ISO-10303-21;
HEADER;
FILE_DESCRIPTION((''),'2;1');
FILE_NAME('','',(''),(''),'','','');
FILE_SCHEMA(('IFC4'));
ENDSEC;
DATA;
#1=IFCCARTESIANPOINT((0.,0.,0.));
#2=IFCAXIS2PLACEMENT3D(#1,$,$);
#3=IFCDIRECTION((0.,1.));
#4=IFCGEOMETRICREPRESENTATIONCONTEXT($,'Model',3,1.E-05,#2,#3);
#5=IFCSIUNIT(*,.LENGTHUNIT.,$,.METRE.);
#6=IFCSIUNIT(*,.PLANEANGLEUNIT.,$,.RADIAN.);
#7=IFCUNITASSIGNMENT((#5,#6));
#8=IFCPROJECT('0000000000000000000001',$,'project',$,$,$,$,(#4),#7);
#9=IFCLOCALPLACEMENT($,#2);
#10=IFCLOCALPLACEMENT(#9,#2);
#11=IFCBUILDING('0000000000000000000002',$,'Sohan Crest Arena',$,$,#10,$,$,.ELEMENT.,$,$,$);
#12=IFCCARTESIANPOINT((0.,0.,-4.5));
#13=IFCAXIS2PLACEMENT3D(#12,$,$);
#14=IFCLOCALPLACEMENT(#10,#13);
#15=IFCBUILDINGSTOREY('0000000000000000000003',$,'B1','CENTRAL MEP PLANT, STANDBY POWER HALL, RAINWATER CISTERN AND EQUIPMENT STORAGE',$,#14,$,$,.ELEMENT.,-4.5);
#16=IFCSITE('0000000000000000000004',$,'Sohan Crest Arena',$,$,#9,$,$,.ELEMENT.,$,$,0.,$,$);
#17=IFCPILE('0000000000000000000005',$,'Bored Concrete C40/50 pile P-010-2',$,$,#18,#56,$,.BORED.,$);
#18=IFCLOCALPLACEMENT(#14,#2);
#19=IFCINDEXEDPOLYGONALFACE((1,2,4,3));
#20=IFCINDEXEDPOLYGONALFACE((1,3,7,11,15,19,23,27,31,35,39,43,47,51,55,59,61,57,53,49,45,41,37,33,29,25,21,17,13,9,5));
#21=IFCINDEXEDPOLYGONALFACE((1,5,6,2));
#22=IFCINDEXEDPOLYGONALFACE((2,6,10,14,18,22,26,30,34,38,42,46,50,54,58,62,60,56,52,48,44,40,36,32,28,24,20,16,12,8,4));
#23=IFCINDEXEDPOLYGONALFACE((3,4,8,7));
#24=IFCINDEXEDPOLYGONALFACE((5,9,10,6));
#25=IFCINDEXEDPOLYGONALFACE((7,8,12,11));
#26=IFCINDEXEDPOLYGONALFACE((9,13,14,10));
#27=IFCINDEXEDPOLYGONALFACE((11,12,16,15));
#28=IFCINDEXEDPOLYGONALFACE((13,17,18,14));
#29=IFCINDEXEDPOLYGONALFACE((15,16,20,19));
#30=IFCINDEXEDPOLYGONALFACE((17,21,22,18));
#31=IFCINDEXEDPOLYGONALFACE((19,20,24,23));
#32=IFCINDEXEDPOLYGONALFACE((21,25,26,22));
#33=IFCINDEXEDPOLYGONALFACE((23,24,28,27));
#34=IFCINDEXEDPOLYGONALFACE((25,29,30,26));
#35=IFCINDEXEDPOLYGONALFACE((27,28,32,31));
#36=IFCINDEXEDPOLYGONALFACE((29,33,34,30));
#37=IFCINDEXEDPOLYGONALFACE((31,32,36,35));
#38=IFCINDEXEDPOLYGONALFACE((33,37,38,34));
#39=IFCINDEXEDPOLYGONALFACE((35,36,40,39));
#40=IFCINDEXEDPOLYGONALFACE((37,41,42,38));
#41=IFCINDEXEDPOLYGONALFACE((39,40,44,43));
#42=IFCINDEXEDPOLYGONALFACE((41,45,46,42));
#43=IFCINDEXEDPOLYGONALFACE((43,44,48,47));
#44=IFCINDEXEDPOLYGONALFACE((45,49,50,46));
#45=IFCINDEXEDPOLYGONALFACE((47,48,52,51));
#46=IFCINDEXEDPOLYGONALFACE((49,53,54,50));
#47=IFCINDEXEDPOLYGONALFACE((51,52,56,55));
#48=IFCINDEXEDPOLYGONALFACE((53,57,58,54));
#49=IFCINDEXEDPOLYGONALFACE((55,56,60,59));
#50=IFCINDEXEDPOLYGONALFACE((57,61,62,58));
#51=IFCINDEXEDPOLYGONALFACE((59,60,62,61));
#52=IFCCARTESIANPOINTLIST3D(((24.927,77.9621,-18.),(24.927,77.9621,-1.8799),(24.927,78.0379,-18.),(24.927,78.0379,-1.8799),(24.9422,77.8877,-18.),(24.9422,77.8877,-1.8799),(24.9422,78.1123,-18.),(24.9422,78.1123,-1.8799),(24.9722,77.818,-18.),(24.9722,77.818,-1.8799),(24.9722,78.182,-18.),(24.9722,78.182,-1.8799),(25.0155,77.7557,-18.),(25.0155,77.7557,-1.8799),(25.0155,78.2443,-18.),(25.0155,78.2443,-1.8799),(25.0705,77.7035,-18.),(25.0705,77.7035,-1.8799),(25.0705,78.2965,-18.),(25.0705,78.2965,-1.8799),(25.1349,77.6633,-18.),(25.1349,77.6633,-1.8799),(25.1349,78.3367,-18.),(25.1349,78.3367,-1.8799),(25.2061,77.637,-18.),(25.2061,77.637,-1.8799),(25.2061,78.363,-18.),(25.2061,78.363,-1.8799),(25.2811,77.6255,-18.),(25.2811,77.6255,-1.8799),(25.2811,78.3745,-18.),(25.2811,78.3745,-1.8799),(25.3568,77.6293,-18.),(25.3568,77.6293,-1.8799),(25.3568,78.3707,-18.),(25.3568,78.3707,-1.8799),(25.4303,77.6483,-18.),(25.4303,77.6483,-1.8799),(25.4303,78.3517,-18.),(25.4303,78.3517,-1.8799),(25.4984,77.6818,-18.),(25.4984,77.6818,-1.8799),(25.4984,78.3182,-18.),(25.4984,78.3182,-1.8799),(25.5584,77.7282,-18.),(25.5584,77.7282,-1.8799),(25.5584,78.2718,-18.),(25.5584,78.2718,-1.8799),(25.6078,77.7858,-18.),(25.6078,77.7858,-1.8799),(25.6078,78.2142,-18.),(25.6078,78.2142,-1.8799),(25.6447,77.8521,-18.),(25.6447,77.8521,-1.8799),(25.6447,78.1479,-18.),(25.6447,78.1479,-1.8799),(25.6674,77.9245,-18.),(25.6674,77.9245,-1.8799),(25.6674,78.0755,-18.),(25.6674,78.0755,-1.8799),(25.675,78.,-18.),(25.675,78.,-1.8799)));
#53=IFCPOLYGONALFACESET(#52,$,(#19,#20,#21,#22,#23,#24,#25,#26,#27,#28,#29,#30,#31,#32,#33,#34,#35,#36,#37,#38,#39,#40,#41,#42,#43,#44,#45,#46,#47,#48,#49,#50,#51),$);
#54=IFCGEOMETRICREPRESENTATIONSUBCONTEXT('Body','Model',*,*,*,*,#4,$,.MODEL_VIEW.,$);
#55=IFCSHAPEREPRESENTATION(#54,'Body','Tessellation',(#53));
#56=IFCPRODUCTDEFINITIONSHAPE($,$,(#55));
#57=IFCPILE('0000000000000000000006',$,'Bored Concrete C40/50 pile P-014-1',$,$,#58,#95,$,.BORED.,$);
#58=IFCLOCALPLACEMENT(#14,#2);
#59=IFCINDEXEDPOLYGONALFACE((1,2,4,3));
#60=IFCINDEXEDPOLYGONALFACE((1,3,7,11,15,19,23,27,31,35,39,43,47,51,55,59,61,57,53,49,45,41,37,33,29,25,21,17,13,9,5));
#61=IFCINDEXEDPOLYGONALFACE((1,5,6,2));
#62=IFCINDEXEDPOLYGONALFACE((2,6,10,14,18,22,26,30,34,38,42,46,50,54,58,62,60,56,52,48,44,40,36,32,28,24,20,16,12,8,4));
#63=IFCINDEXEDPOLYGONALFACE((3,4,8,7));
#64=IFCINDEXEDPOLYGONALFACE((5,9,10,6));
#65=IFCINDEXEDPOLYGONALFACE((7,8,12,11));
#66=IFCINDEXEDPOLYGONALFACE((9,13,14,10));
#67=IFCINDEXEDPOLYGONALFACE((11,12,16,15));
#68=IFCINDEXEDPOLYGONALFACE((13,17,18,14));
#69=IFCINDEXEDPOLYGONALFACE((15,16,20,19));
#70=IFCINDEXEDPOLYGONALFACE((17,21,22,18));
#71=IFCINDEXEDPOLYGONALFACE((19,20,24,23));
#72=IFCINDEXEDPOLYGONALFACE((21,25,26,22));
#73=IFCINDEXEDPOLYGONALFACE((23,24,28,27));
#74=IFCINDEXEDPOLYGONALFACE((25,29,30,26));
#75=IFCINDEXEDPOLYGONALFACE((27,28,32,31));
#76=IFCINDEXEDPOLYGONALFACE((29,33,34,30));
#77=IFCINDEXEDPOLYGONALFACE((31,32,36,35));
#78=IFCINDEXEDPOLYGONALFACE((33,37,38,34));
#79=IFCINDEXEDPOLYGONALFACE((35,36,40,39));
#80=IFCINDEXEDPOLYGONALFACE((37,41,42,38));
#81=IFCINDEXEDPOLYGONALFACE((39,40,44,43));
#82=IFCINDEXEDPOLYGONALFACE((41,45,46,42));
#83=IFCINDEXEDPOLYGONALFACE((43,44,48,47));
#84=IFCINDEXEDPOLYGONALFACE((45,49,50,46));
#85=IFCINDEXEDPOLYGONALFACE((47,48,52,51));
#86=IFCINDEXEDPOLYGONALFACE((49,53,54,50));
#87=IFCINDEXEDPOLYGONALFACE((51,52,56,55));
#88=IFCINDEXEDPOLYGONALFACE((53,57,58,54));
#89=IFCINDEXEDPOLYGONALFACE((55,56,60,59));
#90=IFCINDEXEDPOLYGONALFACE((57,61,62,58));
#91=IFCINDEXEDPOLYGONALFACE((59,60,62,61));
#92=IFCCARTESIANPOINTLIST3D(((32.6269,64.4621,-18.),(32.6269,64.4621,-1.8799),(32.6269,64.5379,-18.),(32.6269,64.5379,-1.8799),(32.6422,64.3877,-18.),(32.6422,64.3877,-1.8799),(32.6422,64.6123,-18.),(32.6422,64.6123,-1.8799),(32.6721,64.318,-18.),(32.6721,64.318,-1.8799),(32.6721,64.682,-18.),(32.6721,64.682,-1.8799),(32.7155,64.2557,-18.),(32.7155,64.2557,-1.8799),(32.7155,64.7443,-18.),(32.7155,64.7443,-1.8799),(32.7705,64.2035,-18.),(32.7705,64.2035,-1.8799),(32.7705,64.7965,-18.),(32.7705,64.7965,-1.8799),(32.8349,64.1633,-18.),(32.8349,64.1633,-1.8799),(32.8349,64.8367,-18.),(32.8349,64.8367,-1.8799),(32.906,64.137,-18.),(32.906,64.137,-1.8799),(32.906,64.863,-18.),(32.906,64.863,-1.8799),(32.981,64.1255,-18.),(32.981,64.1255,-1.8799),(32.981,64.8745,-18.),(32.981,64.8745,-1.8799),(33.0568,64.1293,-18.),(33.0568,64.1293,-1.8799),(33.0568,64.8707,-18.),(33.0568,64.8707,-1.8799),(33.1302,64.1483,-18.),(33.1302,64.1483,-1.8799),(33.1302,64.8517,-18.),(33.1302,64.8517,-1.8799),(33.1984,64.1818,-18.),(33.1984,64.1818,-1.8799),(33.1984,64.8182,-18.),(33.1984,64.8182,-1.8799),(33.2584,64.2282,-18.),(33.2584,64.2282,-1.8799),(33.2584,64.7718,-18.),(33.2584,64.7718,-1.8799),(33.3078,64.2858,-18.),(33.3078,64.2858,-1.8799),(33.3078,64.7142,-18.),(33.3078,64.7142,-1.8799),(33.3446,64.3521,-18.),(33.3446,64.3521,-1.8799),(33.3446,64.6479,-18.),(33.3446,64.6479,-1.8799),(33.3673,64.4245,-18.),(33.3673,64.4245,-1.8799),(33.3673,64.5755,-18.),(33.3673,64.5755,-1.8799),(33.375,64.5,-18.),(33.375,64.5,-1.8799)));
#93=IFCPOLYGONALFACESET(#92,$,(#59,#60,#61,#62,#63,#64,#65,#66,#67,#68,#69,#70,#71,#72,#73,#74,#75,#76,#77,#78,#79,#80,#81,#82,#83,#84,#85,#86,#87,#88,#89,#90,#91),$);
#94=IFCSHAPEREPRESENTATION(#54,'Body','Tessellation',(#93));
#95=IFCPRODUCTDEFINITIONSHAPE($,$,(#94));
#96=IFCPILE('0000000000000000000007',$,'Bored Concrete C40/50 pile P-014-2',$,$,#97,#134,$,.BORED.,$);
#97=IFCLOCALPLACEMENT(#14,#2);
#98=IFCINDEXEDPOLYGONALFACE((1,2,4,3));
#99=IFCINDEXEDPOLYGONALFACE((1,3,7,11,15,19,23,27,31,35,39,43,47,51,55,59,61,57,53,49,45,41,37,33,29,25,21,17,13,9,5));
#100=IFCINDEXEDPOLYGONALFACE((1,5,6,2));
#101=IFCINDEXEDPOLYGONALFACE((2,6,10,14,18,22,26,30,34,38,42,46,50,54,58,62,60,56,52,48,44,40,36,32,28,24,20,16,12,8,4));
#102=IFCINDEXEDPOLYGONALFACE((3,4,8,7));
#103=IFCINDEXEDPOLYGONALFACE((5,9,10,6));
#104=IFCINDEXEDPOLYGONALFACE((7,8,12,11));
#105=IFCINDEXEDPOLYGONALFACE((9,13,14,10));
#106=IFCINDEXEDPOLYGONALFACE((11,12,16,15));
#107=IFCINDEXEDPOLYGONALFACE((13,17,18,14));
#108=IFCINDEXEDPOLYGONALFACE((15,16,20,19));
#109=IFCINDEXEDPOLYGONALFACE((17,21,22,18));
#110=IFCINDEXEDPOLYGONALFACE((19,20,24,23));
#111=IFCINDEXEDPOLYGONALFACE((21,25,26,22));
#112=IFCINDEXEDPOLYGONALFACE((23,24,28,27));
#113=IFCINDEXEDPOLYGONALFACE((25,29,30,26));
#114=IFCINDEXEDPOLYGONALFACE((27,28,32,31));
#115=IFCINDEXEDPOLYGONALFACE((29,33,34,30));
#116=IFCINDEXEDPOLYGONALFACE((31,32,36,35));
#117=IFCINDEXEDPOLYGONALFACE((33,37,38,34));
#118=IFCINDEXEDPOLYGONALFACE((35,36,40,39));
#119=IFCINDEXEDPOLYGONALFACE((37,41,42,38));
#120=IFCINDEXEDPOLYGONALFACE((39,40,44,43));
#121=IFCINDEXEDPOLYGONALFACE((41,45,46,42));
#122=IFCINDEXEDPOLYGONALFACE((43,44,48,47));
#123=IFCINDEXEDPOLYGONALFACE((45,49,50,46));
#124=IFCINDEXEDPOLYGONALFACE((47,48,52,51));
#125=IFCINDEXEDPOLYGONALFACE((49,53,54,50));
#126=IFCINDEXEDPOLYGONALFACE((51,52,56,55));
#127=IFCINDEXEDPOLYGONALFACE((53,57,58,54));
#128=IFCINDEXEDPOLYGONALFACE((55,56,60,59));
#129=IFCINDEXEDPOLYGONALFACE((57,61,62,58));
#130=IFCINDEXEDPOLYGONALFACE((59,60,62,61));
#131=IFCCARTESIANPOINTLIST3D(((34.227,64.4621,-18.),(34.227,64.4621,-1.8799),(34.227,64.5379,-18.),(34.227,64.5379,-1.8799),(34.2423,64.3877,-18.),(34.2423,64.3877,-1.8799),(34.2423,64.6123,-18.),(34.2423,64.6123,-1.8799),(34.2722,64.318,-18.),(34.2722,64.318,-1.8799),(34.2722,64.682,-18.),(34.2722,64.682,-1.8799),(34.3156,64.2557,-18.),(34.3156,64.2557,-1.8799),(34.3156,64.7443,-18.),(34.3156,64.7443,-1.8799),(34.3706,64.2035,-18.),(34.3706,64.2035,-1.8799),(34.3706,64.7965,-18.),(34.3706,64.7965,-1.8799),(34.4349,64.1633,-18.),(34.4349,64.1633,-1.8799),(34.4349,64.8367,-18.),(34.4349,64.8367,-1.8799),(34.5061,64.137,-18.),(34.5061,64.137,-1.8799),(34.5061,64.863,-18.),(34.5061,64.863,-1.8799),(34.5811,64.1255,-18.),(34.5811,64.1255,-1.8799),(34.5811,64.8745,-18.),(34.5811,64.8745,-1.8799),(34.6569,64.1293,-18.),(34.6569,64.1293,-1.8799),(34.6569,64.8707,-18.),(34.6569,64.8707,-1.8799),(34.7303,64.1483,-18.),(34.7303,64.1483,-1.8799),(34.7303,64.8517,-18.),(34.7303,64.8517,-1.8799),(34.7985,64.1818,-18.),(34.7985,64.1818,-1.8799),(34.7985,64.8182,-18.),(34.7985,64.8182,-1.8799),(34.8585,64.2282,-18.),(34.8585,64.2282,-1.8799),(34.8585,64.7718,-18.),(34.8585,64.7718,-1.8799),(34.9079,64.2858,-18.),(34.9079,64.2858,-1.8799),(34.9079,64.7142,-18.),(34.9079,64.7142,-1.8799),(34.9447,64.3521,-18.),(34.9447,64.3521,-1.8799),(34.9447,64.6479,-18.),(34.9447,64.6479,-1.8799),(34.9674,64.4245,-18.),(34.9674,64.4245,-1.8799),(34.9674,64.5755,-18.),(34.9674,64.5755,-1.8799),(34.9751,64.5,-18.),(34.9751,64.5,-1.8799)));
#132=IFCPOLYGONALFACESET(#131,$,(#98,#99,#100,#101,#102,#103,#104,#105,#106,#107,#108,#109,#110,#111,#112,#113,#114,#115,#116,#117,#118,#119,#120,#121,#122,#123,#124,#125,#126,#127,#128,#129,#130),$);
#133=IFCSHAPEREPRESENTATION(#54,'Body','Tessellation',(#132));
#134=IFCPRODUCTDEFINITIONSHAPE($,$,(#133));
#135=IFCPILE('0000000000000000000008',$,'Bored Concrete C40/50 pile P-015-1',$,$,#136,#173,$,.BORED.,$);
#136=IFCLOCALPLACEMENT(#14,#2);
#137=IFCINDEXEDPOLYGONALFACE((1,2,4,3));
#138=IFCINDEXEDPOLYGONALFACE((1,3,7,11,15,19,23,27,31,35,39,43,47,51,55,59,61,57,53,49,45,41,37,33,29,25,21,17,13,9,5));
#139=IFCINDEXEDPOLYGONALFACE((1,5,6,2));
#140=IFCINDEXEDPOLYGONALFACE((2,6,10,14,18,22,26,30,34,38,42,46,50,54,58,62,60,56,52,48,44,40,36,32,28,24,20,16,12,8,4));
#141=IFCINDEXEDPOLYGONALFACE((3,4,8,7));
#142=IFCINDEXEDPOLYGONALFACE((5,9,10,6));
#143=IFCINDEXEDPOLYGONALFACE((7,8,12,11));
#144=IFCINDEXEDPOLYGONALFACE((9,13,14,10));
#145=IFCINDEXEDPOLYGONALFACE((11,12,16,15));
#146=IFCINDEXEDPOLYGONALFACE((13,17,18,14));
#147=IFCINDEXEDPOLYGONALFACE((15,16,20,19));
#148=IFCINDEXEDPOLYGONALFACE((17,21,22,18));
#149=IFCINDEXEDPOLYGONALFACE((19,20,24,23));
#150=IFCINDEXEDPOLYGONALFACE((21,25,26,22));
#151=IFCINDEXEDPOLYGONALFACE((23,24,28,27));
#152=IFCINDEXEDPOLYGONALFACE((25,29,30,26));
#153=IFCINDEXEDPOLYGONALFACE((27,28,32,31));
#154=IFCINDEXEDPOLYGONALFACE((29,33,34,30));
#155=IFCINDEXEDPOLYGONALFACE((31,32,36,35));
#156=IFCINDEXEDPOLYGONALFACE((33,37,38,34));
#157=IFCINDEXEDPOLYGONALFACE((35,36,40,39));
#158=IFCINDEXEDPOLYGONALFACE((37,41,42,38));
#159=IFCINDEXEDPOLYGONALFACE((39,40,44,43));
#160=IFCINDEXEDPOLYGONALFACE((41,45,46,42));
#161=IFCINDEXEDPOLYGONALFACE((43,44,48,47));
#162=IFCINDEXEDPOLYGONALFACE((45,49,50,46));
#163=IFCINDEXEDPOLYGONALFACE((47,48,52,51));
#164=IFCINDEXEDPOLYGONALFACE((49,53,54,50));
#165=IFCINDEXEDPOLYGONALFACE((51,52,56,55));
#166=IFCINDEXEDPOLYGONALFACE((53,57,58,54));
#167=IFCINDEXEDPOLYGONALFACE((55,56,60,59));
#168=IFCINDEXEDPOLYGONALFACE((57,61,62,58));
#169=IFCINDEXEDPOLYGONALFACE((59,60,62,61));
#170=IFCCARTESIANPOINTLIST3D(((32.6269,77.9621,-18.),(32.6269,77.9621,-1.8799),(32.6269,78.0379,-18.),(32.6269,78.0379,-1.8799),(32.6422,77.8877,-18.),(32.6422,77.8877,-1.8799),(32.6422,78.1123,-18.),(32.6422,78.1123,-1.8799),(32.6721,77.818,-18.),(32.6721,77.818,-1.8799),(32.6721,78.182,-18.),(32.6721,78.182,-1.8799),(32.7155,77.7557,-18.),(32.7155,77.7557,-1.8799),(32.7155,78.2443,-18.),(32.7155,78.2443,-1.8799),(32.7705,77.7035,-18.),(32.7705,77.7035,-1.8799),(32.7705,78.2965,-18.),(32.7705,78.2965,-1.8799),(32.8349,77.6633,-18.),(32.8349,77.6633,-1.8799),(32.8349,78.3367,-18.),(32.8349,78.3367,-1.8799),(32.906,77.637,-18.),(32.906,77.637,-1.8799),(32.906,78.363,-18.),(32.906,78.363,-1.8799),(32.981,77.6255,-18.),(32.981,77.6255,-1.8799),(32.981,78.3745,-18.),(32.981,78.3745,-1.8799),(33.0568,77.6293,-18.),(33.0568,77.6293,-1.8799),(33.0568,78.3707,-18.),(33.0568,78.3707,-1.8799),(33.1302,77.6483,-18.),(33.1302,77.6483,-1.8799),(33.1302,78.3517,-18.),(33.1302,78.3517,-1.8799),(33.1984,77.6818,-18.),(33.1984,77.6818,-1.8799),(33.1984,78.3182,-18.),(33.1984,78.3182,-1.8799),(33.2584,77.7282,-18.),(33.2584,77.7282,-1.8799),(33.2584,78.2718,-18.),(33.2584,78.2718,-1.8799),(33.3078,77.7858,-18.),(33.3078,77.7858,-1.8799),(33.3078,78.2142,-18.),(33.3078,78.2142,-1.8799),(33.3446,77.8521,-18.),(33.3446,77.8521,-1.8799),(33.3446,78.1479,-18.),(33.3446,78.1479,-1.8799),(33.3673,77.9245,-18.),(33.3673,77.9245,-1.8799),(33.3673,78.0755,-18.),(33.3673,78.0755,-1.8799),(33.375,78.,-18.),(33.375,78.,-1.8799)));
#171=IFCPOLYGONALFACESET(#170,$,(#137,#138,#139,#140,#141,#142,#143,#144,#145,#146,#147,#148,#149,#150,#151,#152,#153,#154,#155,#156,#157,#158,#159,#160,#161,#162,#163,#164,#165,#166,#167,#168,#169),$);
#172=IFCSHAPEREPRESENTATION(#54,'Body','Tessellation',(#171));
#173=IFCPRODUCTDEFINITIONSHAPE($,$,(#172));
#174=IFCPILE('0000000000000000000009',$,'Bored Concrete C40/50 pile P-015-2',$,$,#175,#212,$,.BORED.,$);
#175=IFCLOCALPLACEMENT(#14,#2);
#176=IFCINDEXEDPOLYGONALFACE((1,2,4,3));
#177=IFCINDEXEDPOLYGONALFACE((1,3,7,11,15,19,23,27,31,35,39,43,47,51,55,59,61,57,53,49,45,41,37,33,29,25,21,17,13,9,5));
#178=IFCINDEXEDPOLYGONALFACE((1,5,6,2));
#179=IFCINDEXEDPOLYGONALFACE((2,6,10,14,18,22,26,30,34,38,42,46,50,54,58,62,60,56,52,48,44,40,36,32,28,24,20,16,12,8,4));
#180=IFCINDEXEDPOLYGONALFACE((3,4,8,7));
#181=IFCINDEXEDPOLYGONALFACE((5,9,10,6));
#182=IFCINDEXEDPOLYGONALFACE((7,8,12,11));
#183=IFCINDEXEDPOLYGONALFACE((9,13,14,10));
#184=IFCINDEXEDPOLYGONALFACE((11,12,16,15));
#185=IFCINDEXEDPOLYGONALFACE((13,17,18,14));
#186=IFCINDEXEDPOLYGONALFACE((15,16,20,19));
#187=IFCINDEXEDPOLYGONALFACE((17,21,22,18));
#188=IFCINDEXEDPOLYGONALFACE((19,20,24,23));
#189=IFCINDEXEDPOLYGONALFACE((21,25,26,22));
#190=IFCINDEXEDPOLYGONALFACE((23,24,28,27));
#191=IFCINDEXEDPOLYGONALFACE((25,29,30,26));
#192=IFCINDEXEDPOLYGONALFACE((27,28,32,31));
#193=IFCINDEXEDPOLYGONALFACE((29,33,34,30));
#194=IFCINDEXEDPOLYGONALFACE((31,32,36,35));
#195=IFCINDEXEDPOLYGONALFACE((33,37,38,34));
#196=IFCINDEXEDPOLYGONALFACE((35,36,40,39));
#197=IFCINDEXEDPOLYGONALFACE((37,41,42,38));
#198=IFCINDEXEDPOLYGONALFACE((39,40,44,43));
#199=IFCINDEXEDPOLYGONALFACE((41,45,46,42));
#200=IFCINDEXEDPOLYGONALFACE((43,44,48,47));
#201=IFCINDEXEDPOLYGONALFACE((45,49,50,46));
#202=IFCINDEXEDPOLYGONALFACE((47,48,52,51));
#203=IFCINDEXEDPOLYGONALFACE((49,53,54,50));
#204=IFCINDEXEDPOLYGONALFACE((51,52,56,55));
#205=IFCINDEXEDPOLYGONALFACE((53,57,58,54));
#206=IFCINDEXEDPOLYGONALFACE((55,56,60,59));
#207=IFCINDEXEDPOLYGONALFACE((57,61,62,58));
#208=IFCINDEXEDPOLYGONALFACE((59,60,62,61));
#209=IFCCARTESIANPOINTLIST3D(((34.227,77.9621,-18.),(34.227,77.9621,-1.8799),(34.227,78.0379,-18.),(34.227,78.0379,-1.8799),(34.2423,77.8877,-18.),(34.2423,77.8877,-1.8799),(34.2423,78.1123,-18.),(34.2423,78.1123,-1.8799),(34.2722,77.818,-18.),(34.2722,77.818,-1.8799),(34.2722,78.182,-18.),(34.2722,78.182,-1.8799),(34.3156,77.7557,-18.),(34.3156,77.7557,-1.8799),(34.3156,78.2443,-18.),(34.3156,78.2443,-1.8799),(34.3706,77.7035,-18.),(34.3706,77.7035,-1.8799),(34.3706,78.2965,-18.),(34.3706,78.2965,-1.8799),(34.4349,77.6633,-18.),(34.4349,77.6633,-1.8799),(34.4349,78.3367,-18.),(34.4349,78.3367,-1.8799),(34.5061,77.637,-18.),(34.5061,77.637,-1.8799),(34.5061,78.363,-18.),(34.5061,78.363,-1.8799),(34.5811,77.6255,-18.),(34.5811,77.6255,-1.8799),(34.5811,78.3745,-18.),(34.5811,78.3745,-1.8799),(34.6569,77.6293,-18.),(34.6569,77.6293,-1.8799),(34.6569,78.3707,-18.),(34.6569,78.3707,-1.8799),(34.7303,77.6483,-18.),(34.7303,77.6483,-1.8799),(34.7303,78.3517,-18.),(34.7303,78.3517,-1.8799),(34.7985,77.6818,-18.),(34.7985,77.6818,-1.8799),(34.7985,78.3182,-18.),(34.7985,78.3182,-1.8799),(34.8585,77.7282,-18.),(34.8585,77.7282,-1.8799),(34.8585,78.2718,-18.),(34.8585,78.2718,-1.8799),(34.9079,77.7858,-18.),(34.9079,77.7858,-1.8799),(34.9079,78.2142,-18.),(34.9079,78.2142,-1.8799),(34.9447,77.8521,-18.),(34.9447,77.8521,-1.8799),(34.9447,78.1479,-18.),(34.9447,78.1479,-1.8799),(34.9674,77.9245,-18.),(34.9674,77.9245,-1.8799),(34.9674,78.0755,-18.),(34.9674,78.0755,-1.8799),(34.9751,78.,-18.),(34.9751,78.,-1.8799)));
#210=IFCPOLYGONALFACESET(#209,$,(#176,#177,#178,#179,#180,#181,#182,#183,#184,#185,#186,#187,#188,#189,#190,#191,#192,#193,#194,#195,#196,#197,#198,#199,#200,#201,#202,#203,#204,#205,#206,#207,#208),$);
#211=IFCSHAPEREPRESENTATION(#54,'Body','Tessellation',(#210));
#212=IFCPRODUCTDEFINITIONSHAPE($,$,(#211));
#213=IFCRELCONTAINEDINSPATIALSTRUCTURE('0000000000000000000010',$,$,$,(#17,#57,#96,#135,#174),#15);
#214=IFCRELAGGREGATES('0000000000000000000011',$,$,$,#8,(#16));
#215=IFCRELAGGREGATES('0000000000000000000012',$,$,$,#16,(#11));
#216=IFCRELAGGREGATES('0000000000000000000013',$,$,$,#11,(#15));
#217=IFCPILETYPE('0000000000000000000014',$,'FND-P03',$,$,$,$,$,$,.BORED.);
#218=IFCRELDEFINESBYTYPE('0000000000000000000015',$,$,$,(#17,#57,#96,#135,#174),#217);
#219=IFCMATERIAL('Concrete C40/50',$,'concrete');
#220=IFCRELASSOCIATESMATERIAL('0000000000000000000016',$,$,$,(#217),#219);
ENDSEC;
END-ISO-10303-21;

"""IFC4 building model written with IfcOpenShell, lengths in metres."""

from ifc_helpers import new_model, si_unit, direction, frame, origin, origin_2d, place, context, subcontext, project, spatial, circle, extrude, material, material_profile, profile_set, type_object, element, save


model = new_model("IFC4")

# Units and contexts
model_context = context("Model", 3, precision=1e-05, world=origin(), true_north=direction((0.0, 1.0)))
body_context = subcontext(model_context, "Body", "Model", "MODEL_VIEW")
ifc_project = project(units=[si_unit("LENGTHUNIT", "METRE"), si_unit("PLANEANGLEUNIT", "RADIAN")], contexts=[model_context])

# Site, building, storey
site_placement = place(None, origin())
site = spatial("IfcSite", under=ifc_project, at=site_placement, Name="Sohan Crest Arena", CompositionType="ELEMENT", RefElevation=0.0)
building_placement = place(site_placement, origin())
building = spatial("IfcBuilding", under=site, at=building_placement, Name="Sohan Crest Arena", CompositionType="ELEMENT")
storey_placement = place(building_placement, frame((0.0, 0.0, -4.5)))
storey = spatial("IfcBuildingStorey", under=building, at=storey_placement, Name="B1", Description="CENTRAL MEP PLANT, STANDBY POWER HALL, RAINWATER CISTERN AND EQUIPMENT STORAGE", CompositionType="ELEMENT", Elevation=-4.5)

# Shared definitions
ifc_material = material(Name="Concrete C40/50", Category="concrete")

# Piles
ifc_material_profile_1 = material_profile(ifc_material, circle(Radius=0.375, at=origin_2d()), Name="PILE D750")
ifc_profile_set_1 = profile_set([ifc_material_profile_1], Name="Concrete C40/50")
pile_type = type_object("IfcPileType", Name="FND-P03", PredefinedType="BORED", material=ifc_profile_set_1)
for number, where, z_axis, x_axis, name in (
    (1, (25.3, 78.0, -18.0), (0.0, 0.0, 1.0), (1.0, 0.0, 0.0), "Bored Concrete C40/50 pile P-010-2"),
    (2, (33.0, 64.5, -18.0), (0.0, 0.0, 1.0), (1.0, 0.0, 0.0), "Bored Concrete C40/50 pile P-014-1"),
    (3, (34.6001, 64.5, -18.0), (0.0, 0.0, 1.0), (1.0, 0.0, 0.0), "Bored Concrete C40/50 pile P-014-2"),
    (4, (33.0, 78.0, -18.0), (0.0, 0.0, 1.0), (1.0, 0.0, 0.0), "Bored Concrete C40/50 pile P-015-1"),
    (5, (34.6001, 78.0, -18.0), (0.0, 0.0, 1.0), (1.0, 0.0, 0.0), "Bored Concrete C40/50 pile P-015-2"),
):
    element("IfcPile", number, at=place(storey_placement, frame(where, z_axis=z_axis, x_axis=x_axis)), inside=storey, type_object=pile_type, Name=name, PredefinedType="BORED", context=body_context, shape_type="SweptSolid", body=[
        extrude(circle(Radius=0.375, at=origin_2d()), origin(), (0.0, 0.0, 1.0), 16.1201),
    ])

save(model, "model.ifc")
